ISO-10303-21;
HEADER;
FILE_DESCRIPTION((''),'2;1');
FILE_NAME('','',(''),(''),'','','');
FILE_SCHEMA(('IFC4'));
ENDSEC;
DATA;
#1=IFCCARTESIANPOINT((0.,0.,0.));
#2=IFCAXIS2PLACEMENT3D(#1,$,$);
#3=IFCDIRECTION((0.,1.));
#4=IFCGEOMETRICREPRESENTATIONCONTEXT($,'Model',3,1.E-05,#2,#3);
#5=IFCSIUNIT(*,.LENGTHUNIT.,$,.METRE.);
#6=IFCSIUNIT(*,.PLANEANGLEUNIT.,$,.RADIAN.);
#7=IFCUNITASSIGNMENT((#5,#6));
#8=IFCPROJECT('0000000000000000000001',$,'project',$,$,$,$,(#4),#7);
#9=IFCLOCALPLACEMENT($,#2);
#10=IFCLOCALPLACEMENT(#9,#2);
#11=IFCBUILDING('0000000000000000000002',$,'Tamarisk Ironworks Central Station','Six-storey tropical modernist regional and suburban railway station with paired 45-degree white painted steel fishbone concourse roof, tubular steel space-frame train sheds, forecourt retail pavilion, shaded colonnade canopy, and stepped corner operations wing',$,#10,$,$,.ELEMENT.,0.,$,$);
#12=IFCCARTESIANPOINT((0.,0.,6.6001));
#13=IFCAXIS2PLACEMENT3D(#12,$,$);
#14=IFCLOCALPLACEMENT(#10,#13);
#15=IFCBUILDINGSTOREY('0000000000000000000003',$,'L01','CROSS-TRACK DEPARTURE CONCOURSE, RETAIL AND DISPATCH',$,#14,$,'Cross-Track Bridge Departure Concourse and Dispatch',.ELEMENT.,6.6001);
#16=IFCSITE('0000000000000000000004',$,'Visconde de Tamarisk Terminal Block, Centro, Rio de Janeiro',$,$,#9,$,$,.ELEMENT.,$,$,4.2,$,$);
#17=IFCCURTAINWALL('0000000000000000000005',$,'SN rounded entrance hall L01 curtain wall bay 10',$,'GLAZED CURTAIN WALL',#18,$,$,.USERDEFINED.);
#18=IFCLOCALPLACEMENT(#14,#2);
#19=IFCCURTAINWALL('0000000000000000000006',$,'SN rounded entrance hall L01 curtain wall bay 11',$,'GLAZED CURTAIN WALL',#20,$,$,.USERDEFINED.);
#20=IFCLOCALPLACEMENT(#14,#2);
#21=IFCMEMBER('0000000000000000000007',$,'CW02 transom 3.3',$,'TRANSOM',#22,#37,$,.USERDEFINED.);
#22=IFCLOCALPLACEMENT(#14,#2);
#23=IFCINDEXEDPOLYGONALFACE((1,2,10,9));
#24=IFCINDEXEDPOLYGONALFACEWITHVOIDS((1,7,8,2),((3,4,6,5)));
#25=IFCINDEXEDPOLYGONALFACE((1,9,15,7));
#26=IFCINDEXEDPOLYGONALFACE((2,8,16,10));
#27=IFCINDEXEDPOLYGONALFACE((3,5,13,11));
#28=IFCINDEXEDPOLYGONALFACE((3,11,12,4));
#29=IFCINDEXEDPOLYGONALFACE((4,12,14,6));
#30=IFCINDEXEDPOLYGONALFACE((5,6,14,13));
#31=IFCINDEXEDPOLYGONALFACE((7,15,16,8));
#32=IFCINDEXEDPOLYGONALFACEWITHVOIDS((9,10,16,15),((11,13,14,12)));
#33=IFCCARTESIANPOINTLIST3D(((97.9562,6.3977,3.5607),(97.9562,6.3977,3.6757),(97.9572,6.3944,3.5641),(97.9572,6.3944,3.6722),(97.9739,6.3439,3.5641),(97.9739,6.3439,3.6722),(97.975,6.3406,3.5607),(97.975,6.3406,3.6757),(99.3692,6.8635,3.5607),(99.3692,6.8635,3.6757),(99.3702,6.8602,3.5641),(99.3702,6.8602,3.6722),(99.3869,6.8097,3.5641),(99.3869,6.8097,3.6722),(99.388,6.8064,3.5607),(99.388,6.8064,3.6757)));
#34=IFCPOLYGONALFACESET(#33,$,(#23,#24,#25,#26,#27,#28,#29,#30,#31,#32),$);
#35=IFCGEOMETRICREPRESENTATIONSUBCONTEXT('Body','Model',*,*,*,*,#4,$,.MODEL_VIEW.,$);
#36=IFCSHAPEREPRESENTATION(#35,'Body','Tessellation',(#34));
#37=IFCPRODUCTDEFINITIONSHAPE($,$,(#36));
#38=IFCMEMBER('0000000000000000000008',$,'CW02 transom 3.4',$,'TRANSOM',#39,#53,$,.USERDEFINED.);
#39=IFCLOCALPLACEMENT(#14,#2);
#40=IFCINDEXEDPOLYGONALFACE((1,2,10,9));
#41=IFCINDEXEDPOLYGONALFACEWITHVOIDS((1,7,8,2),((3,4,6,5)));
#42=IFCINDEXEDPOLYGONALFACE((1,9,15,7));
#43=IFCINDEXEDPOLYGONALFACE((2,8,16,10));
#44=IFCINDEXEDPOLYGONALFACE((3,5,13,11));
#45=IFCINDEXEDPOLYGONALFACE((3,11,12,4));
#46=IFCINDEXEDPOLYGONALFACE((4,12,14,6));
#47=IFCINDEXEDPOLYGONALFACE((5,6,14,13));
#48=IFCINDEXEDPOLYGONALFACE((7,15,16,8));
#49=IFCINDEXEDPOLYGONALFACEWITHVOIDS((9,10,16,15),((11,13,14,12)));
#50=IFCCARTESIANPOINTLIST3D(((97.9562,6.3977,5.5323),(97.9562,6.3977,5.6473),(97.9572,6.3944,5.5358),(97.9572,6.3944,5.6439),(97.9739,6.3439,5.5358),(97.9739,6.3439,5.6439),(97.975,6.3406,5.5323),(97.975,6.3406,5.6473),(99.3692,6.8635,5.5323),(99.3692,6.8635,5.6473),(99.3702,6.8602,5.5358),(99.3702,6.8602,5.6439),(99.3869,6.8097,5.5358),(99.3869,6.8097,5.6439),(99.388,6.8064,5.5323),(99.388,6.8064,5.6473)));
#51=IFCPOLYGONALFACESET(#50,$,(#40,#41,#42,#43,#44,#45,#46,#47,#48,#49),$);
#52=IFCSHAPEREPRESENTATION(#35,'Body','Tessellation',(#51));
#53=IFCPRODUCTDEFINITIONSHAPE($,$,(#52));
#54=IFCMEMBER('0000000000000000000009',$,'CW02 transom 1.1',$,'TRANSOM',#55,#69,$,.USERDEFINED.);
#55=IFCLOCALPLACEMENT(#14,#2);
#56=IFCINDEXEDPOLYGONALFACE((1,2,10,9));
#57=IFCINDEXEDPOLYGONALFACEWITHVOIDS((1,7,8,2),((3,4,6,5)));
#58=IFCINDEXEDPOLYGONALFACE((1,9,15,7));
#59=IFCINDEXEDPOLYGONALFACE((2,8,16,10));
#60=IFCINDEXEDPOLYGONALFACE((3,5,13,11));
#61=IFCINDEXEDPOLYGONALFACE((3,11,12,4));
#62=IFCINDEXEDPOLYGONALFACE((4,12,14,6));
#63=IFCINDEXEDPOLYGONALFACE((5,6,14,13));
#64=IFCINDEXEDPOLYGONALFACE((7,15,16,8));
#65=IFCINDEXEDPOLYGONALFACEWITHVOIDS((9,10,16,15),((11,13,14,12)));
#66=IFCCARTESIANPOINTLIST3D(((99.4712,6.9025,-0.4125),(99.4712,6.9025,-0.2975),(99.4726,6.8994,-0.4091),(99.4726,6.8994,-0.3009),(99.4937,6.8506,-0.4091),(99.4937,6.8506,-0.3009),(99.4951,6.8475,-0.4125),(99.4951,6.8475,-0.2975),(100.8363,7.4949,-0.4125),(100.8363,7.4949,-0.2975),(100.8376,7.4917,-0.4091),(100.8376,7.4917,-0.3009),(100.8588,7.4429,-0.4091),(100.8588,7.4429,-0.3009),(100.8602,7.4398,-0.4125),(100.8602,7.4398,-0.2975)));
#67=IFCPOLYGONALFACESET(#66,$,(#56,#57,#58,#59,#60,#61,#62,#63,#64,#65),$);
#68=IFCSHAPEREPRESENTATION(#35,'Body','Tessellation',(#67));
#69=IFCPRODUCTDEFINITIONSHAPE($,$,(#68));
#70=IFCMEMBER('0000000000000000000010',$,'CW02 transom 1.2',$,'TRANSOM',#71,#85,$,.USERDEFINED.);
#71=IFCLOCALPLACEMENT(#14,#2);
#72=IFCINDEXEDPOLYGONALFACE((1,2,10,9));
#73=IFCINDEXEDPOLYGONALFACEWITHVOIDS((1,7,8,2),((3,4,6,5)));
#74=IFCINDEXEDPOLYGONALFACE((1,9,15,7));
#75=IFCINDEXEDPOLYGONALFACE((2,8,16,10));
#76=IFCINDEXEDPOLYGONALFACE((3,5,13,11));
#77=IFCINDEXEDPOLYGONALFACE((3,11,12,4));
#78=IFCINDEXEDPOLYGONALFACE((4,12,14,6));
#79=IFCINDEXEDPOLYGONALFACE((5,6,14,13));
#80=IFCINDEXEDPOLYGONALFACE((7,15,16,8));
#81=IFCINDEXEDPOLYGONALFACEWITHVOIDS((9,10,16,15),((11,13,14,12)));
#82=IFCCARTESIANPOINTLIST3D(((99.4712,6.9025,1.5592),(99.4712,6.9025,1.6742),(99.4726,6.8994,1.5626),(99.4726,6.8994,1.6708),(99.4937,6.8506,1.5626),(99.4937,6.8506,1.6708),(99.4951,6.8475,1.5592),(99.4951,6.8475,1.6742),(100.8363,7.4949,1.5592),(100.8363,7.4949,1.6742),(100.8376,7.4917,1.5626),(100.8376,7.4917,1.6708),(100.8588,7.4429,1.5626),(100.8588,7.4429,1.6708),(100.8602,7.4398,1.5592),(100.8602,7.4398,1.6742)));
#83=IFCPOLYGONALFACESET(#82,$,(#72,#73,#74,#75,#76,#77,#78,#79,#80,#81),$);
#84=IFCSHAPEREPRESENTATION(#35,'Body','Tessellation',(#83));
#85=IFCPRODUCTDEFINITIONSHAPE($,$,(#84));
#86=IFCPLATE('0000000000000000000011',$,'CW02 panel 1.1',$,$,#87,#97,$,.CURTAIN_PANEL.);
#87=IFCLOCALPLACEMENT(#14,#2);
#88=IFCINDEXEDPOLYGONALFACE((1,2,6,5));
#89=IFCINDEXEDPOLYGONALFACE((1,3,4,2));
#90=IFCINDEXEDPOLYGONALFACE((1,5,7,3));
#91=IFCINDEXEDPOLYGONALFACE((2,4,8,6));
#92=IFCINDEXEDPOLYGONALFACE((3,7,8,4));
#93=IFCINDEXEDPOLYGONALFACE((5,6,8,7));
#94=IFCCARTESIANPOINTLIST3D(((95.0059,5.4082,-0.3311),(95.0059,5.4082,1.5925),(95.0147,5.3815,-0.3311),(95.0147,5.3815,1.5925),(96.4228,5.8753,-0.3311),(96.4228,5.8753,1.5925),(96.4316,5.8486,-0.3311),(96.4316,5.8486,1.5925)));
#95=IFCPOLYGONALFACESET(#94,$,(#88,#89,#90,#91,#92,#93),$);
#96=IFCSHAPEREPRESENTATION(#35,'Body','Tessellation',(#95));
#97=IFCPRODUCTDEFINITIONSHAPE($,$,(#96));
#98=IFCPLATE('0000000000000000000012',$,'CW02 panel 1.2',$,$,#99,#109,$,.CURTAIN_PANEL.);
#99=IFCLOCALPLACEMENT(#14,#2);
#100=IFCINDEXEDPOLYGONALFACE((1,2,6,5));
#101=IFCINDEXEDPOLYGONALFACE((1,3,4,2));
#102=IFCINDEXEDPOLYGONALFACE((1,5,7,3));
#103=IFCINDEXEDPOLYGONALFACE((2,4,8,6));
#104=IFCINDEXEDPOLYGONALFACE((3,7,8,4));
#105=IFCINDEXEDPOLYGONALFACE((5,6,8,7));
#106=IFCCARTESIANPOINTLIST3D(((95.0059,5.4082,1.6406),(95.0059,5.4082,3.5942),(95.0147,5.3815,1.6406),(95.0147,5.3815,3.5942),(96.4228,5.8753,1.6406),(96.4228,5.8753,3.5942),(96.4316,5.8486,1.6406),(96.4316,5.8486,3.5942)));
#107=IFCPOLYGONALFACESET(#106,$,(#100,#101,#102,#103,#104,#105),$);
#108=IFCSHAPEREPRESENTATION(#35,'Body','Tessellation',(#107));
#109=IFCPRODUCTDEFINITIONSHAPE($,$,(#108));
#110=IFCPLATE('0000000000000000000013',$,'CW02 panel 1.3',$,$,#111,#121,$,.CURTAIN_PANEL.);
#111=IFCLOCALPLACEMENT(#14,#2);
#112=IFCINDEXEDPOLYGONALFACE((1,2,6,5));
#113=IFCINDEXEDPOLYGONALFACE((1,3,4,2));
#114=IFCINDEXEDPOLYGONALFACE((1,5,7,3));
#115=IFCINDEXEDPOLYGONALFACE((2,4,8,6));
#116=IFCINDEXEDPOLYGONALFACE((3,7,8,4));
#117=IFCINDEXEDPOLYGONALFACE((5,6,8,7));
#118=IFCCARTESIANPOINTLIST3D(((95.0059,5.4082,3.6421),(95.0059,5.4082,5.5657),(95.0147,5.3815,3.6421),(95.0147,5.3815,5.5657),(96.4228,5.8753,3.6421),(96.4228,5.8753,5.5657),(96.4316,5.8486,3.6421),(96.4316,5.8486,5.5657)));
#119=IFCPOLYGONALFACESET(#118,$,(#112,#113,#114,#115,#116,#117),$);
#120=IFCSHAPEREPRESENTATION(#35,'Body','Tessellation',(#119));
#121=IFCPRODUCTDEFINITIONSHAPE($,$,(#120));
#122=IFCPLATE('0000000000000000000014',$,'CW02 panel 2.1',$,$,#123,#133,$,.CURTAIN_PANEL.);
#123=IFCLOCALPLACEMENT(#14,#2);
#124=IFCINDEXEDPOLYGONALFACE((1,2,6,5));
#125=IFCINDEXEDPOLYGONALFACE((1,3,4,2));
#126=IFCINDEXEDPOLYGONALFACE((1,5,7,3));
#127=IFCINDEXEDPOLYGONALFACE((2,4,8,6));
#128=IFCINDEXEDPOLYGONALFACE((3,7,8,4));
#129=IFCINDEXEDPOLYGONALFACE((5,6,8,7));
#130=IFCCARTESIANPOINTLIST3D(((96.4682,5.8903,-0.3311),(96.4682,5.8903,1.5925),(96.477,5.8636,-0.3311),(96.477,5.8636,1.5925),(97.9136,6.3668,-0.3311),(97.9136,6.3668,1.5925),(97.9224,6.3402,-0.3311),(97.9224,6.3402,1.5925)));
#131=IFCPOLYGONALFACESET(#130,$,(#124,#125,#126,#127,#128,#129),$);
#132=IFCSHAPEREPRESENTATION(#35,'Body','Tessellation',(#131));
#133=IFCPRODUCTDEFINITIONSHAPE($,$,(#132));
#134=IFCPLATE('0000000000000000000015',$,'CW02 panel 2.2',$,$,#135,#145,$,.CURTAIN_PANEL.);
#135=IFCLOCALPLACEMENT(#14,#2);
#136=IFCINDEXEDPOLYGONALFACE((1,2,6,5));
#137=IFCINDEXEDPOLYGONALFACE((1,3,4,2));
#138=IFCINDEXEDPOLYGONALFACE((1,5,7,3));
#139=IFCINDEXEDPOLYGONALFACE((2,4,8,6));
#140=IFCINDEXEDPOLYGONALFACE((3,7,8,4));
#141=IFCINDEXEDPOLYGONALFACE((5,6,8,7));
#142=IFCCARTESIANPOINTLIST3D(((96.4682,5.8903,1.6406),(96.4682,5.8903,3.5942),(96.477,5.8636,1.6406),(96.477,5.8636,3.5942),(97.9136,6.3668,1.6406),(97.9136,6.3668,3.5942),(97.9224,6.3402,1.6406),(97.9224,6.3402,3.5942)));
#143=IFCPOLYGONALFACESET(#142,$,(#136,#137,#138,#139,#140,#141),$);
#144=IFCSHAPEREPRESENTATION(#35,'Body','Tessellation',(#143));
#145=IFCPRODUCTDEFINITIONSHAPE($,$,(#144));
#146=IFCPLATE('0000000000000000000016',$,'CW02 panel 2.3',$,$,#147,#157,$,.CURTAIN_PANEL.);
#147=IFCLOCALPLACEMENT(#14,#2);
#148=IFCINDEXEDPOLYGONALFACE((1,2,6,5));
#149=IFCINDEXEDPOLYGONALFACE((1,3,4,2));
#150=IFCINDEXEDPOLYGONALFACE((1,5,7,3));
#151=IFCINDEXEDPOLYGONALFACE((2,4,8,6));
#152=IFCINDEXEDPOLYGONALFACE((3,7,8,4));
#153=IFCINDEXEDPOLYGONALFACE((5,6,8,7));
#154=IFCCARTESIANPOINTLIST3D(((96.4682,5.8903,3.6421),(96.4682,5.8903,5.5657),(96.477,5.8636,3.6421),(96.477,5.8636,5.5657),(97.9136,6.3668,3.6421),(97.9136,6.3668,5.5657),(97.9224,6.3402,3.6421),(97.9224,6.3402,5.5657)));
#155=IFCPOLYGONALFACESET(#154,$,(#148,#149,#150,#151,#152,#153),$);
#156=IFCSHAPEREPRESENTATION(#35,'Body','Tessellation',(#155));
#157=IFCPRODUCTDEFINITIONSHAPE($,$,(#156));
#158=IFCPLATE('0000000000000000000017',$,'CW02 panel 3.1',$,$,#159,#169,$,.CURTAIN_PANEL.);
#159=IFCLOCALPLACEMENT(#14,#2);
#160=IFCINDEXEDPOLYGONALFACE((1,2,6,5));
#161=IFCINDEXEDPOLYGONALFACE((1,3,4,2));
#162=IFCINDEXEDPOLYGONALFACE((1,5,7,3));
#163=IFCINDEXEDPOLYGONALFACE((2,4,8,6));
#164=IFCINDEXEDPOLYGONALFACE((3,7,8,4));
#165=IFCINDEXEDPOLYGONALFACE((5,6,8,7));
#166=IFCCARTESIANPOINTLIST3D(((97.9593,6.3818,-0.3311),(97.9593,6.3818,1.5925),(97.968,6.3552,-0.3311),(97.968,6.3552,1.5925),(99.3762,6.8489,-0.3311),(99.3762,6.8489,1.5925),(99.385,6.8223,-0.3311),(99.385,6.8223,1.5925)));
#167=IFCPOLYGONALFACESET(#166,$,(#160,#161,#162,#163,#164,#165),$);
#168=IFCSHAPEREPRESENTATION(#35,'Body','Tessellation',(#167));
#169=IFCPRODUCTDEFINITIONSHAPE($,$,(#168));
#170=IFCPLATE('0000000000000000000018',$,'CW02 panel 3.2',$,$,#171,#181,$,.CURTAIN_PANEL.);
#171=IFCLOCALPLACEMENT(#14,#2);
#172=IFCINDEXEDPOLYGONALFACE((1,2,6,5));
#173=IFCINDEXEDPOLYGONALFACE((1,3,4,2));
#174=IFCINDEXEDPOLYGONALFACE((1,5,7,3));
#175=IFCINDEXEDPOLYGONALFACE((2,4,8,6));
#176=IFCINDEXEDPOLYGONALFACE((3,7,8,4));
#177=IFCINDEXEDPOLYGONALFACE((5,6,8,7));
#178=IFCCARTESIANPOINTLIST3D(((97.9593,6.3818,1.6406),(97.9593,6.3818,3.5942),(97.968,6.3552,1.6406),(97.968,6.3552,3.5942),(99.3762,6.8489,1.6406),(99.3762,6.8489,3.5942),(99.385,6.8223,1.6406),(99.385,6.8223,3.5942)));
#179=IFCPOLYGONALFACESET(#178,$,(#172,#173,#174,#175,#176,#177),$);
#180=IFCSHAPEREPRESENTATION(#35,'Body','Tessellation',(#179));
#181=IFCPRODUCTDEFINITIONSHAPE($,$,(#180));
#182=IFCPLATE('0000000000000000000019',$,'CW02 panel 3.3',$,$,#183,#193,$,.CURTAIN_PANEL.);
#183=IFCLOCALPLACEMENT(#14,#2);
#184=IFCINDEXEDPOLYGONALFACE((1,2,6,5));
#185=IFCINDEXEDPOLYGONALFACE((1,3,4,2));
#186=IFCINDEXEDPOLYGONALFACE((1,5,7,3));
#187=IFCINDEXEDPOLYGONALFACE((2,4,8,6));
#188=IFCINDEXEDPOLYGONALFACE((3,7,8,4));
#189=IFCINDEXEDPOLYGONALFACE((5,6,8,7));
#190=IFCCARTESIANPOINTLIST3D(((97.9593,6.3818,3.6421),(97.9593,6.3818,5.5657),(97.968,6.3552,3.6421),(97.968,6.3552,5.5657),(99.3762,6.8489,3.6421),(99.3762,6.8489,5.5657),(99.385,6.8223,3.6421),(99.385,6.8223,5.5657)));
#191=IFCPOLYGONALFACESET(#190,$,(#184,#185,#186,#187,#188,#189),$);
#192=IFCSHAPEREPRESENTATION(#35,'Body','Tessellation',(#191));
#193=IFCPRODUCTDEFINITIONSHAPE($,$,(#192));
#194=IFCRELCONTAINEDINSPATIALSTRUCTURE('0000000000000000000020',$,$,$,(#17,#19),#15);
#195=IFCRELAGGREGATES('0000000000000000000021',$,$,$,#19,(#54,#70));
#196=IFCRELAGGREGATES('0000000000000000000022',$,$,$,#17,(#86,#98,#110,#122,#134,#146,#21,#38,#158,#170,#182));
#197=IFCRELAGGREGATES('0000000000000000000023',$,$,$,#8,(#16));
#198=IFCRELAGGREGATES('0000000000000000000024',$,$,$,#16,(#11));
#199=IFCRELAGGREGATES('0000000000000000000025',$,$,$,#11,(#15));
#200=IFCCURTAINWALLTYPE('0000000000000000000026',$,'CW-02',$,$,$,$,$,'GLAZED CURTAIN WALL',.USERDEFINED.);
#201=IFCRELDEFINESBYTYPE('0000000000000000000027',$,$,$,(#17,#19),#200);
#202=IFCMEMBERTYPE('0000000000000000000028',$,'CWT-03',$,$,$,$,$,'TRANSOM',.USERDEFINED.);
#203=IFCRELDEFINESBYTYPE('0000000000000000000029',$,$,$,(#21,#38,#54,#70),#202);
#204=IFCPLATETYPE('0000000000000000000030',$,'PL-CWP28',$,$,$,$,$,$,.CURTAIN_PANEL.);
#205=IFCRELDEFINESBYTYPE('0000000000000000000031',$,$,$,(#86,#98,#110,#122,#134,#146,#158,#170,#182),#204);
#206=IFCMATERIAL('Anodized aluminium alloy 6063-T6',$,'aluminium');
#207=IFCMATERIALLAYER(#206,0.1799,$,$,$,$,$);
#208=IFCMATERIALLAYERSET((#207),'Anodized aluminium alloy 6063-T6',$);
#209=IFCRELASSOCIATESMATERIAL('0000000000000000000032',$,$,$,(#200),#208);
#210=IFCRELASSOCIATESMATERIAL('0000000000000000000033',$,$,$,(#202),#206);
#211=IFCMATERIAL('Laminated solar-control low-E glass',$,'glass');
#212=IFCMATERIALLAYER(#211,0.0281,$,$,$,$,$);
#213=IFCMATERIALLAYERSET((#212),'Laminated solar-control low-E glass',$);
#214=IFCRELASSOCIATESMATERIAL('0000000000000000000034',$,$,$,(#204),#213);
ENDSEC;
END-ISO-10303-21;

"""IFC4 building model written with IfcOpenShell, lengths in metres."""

from ifc_helpers import new_model, si_unit, direction, frame, origin, origin_2d, place, context, subcontext, project, spatial, rectangle, hollow_rectangle, extrude, material, layer, layer_set, material_profile, profile_set, type_object, element, aggregate, save


model = new_model("IFC4")

# Units and contexts
model_context = context("Model", 3, precision=1e-05, world=origin(), true_north=direction((0.0, 1.0)))
body_context = subcontext(model_context, "Body", "Model", "MODEL_VIEW")
ifc_project = project(units=[si_unit("LENGTHUNIT", "METRE"), si_unit("PLANEANGLEUNIT", "RADIAN")], contexts=[model_context])

# Site, building, storey
site_placement = place(None, origin())
site = spatial("IfcSite", under=ifc_project, at=site_placement, Name="Visconde de Tamarisk Terminal Block, Centro, Rio de Janeiro", CompositionType="ELEMENT", RefElevation=4.2)
building_placement = place(site_placement, origin())
building = spatial("IfcBuilding", under=site, at=building_placement, Name="Tamarisk Ironworks Central Station", Description="Six-storey tropical modernist regional and suburban railway station with paired 45-degree white painted steel fishbone concourse roof, tubular steel space-frame train sheds, forecourt retail pavilion, shaded colonnade canopy, and stepped corner operations wing", CompositionType="ELEMENT", ElevationOfRefHeight=0.0)
storey_placement = place(building_placement, frame((0.0, 0.0, 6.6001)))
storey = spatial("IfcBuildingStorey", under=building, at=storey_placement, Name="L01", Description="CROSS-TRACK DEPARTURE CONCOURSE, RETAIL AND DISPATCH", LongName="Cross-Track Bridge Departure Concourse and Dispatch", CompositionType="ELEMENT", Elevation=6.6001)

# Curtain wall
ifc_material_1 = material(Name="Anodized aluminium alloy 6063-T6", Category="aluminium")
ifc_layer_1 = layer(ifc_material_1, 0.1799)
ifc_layer_set_1 = layer_set([ifc_layer_1], Name="Anodized aluminium alloy 6063-T6")
curtain_wall_type = type_object("IfcCurtainWallType", Name="CW-02", ElementType="GLAZED CURTAIN WALL", PredefinedType="USERDEFINED", material=ifc_layer_set_1)
curtain_wall_1_placement = place(storey_placement, origin())
curtain_wall_1 = element("IfcCurtainWall", 1, at=curtain_wall_1_placement, inside=storey, type_object=curtain_wall_type, Name="SN rounded entrance hall L01 curtain wall bay 10", ObjectType="GLAZED CURTAIN WALL", PredefinedType="USERDEFINED")

# Curtain wall
curtain_wall_2_placement = place(storey_placement, origin())
curtain_wall_2 = element("IfcCurtainWall", 2, at=curtain_wall_2_placement, inside=storey, type_object=curtain_wall_type, Name="SN rounded entrance hall L01 curtain wall bay 11", ObjectType="GLAZED CURTAIN WALL", PredefinedType="USERDEFINED")

# Members
ifc_material_profile_1 = material_profile(ifc_material_1, hollow_rectangle(XDim=0.0601, YDim=0.115, WallThickness=0.0034, at=origin_2d()), Name="ALUM 115x60")
ifc_profile_set_1 = profile_set([ifc_material_profile_1], Name="Anodized aluminium alloy 6063-T6")
member_type_1 = type_object("IfcMemberType", Name="CWT-03", ElementType="TRANSOM", PredefinedType="USERDEFINED", material=ifc_profile_set_1)
member_1_placement = place(storey_placement, frame((97.9656, 6.3691, 3.6182), z_axis=(0.949728, 0.313076, 0.0), x_axis=(-0.313076, 0.949728, 0.0)))
member_1 = element("IfcMember", 3, at=member_1_placement, type_object=member_type_1, Name="CW02 transom 3.3", ObjectType="TRANSOM", PredefinedType="USERDEFINED", context=body_context, shape_type="SweptSolid", body=[
    extrude(hollow_rectangle(XDim=0.0601, YDim=0.115, WallThickness=0.0034, at=origin_2d()), origin(), (0.0, 0.0, 1.0), 1.4878),
])
member_2_placement = place(storey_placement, frame((97.9656, 6.3691, 5.5898), z_axis=(0.949728, 0.313076, 0.0), x_axis=(-0.313076, 0.949728, 0.0)))
member_2 = element("IfcMember", 4, at=member_2_placement, type_object=member_type_1, Name="CW02 transom 3.4", ObjectType="TRANSOM", PredefinedType="USERDEFINED", context=body_context, shape_type="SweptSolid", body=[
    extrude(hollow_rectangle(XDim=0.0601, YDim=0.115, WallThickness=0.0034, at=origin_2d()), origin(), (0.0, 0.0, 1.0), 1.4878),
])
member_3_placement = place(storey_placement, frame((99.4832, 6.875, -0.355), z_axis=(0.917362, 0.398054, 0.0), x_axis=(-0.398054, 0.917362, 0.0)))
member_3 = element("IfcMember", 5, at=member_3_placement, type_object=member_type_1, Name="CW02 transom 1.1", ObjectType="TRANSOM", PredefinedType="USERDEFINED", context=body_context, shape_type="SweptSolid", body=[
    extrude(hollow_rectangle(XDim=0.0601, YDim=0.115, WallThickness=0.0034, at=origin_2d()), origin(), (0.0, 0.0, 1.0), 1.488),
])
member_4_placement = place(storey_placement, frame((99.4832, 6.875, 1.6167), z_axis=(0.917362, 0.398054, 0.0), x_axis=(-0.398054, 0.917362, 0.0)))
member_4 = element("IfcMember", 6, at=member_4_placement, type_object=member_type_1, Name="CW02 transom 1.2", ObjectType="TRANSOM", PredefinedType="USERDEFINED", context=body_context, shape_type="SweptSolid", body=[
    extrude(hollow_rectangle(XDim=0.0601, YDim=0.115, WallThickness=0.0034, at=origin_2d()), origin(), (0.0, 0.0, 1.0), 1.488),
])
aggregate(curtain_wall_2, [member_3, member_4])

# Plates
ifc_material_2 = material(Name="Laminated solar-control low-E glass", Category="glass")
ifc_layer_2 = layer(ifc_material_2, 0.0281)
ifc_layer_set_2 = layer_set([ifc_layer_2], Name="Laminated solar-control low-E glass")
plate_type = type_object("IfcPlateType", Name="PL-CWP28", PredefinedType="CURTAIN_PANEL", material=ifc_layer_set_2)
plate_1_placement = place(storey_placement, frame((95.7188, 5.6284, -0.3311), z_axis=(0.0, 0.0, 1.0), x_axis=(0.949721, 0.313098, 0.0)))
plate_1 = element("IfcPlate", 7, at=plate_1_placement, type_object=plate_type, Name="CW02 panel 1.1", PredefinedType="CURTAIN_PANEL", context=body_context, shape_type="SweptSolid", body=[
    extrude(rectangle(XDim=1.4919, YDim=0.0281, at=origin_2d()), origin(), (0.0, 0.0, 1.0), 1.9236),
])
plate_2_placement = place(storey_placement, frame((95.7188, 5.6284, 1.6406), z_axis=(0.0, 0.0, 1.0), x_axis=(0.949721, 0.313098, 0.0)))
plate_2 = element("IfcPlate", 8, at=plate_2_placement, type_object=plate_type, Name="CW02 panel 1.2", PredefinedType="CURTAIN_PANEL", context=body_context, shape_type="SweptSolid", body=[
    extrude(rectangle(XDim=1.4919, YDim=0.0281, at=origin_2d()), origin(), (0.0, 0.0, 1.0), 1.9536),
])
plate_3_placement = place(storey_placement, frame((95.7188, 5.6284, 3.6421), z_axis=(0.0, 0.0, 1.0), x_axis=(0.949721, 0.313098, 0.0)))
plate_3 = element("IfcPlate", 9, at=plate_3_placement, type_object=plate_type, Name="CW02 panel 1.3", PredefinedType="CURTAIN_PANEL", context=body_context, shape_type="SweptSolid", body=[
    extrude(rectangle(XDim=1.4919, YDim=0.0281, at=origin_2d()), origin(), (0.0, 0.0, 1.0), 1.9236),
])
plate_4_placement = place(storey_placement, frame((97.1953, 6.1152, -0.3311), z_axis=(0.0, 0.0, 1.0), x_axis=(0.949721, 0.313098, 0.0)))
plate_4 = element("IfcPlate", 10, at=plate_4_placement, type_object=plate_type, Name="CW02 panel 2.1", PredefinedType="CURTAIN_PANEL", context=body_context, shape_type="SweptSolid", body=[
    extrude(rectangle(XDim=1.522, YDim=0.0281, at=origin_2d()), origin(), (0.0, 0.0, 1.0), 1.9236),
])
plate_5_placement = place(storey_placement, frame((97.1953, 6.1152, 1.6406), z_axis=(0.0, 0.0, 1.0), x_axis=(0.949721, 0.313098, 0.0)))
plate_5 = element("IfcPlate", 11, at=plate_5_placement, type_object=plate_type, Name="CW02 panel 2.2", PredefinedType="CURTAIN_PANEL", context=body_context, shape_type="SweptSolid", body=[
    extrude(rectangle(XDim=1.522, YDim=0.0281, at=origin_2d()), origin(), (0.0, 0.0, 1.0), 1.9536),
])
plate_6_placement = place(storey_placement, frame((97.1953, 6.1152, 3.6421), z_axis=(0.0, 0.0, 1.0), x_axis=(0.949721, 0.313098, 0.0)))
plate_6 = element("IfcPlate", 12, at=plate_6_placement, type_object=plate_type, Name="CW02 panel 2.3", PredefinedType="CURTAIN_PANEL", context=body_context, shape_type="SweptSolid", body=[
    extrude(rectangle(XDim=1.522, YDim=0.0281, at=origin_2d()), origin(), (0.0, 0.0, 1.0), 1.9236),
])
plate_7_placement = place(storey_placement, frame((98.6721, 6.6021, -0.3311), z_axis=(0.0, 0.0, 1.0), x_axis=(0.949721, 0.313098, 0.0)))
plate_7 = element("IfcPlate", 13, at=plate_7_placement, type_object=plate_type, Name="CW02 panel 3.1", PredefinedType="CURTAIN_PANEL", context=body_context, shape_type="SweptSolid", body=[
    extrude(rectangle(XDim=1.4919, YDim=0.0281, at=origin_2d()), origin(), (0.0, 0.0, 1.0), 1.9236),
])
plate_8_placement = place(storey_placement, frame((98.6721, 6.6021, 1.6406), z_axis=(0.0, 0.0, 1.0), x_axis=(0.949721, 0.313098, 0.0)))
plate_8 = element("IfcPlate", 14, at=plate_8_placement, type_object=plate_type, Name="CW02 panel 3.2", PredefinedType="CURTAIN_PANEL", context=body_context, shape_type="SweptSolid", body=[
    extrude(rectangle(XDim=1.4919, YDim=0.0281, at=origin_2d()), origin(), (0.0, 0.0, 1.0), 1.9536),
])
plate_9_placement = place(storey_placement, frame((98.6721, 6.6021, 3.6421), z_axis=(0.0, 0.0, 1.0), x_axis=(0.949721, 0.313098, 0.0)))
plate_9 = element("IfcPlate", 15, at=plate_9_placement, type_object=plate_type, Name="CW02 panel 3.3", PredefinedType="CURTAIN_PANEL", context=body_context, shape_type="SweptSolid", body=[
    extrude(rectangle(XDim=1.4919, YDim=0.0281, at=origin_2d()), origin(), (0.0, 0.0, 1.0), 1.9236),
])
aggregate(curtain_wall_1, [plate_1, plate_2, plate_3, plate_4, plate_5, plate_6, member_1, member_2, plate_7, plate_8, plate_9])

save(model, "model.ifc")
